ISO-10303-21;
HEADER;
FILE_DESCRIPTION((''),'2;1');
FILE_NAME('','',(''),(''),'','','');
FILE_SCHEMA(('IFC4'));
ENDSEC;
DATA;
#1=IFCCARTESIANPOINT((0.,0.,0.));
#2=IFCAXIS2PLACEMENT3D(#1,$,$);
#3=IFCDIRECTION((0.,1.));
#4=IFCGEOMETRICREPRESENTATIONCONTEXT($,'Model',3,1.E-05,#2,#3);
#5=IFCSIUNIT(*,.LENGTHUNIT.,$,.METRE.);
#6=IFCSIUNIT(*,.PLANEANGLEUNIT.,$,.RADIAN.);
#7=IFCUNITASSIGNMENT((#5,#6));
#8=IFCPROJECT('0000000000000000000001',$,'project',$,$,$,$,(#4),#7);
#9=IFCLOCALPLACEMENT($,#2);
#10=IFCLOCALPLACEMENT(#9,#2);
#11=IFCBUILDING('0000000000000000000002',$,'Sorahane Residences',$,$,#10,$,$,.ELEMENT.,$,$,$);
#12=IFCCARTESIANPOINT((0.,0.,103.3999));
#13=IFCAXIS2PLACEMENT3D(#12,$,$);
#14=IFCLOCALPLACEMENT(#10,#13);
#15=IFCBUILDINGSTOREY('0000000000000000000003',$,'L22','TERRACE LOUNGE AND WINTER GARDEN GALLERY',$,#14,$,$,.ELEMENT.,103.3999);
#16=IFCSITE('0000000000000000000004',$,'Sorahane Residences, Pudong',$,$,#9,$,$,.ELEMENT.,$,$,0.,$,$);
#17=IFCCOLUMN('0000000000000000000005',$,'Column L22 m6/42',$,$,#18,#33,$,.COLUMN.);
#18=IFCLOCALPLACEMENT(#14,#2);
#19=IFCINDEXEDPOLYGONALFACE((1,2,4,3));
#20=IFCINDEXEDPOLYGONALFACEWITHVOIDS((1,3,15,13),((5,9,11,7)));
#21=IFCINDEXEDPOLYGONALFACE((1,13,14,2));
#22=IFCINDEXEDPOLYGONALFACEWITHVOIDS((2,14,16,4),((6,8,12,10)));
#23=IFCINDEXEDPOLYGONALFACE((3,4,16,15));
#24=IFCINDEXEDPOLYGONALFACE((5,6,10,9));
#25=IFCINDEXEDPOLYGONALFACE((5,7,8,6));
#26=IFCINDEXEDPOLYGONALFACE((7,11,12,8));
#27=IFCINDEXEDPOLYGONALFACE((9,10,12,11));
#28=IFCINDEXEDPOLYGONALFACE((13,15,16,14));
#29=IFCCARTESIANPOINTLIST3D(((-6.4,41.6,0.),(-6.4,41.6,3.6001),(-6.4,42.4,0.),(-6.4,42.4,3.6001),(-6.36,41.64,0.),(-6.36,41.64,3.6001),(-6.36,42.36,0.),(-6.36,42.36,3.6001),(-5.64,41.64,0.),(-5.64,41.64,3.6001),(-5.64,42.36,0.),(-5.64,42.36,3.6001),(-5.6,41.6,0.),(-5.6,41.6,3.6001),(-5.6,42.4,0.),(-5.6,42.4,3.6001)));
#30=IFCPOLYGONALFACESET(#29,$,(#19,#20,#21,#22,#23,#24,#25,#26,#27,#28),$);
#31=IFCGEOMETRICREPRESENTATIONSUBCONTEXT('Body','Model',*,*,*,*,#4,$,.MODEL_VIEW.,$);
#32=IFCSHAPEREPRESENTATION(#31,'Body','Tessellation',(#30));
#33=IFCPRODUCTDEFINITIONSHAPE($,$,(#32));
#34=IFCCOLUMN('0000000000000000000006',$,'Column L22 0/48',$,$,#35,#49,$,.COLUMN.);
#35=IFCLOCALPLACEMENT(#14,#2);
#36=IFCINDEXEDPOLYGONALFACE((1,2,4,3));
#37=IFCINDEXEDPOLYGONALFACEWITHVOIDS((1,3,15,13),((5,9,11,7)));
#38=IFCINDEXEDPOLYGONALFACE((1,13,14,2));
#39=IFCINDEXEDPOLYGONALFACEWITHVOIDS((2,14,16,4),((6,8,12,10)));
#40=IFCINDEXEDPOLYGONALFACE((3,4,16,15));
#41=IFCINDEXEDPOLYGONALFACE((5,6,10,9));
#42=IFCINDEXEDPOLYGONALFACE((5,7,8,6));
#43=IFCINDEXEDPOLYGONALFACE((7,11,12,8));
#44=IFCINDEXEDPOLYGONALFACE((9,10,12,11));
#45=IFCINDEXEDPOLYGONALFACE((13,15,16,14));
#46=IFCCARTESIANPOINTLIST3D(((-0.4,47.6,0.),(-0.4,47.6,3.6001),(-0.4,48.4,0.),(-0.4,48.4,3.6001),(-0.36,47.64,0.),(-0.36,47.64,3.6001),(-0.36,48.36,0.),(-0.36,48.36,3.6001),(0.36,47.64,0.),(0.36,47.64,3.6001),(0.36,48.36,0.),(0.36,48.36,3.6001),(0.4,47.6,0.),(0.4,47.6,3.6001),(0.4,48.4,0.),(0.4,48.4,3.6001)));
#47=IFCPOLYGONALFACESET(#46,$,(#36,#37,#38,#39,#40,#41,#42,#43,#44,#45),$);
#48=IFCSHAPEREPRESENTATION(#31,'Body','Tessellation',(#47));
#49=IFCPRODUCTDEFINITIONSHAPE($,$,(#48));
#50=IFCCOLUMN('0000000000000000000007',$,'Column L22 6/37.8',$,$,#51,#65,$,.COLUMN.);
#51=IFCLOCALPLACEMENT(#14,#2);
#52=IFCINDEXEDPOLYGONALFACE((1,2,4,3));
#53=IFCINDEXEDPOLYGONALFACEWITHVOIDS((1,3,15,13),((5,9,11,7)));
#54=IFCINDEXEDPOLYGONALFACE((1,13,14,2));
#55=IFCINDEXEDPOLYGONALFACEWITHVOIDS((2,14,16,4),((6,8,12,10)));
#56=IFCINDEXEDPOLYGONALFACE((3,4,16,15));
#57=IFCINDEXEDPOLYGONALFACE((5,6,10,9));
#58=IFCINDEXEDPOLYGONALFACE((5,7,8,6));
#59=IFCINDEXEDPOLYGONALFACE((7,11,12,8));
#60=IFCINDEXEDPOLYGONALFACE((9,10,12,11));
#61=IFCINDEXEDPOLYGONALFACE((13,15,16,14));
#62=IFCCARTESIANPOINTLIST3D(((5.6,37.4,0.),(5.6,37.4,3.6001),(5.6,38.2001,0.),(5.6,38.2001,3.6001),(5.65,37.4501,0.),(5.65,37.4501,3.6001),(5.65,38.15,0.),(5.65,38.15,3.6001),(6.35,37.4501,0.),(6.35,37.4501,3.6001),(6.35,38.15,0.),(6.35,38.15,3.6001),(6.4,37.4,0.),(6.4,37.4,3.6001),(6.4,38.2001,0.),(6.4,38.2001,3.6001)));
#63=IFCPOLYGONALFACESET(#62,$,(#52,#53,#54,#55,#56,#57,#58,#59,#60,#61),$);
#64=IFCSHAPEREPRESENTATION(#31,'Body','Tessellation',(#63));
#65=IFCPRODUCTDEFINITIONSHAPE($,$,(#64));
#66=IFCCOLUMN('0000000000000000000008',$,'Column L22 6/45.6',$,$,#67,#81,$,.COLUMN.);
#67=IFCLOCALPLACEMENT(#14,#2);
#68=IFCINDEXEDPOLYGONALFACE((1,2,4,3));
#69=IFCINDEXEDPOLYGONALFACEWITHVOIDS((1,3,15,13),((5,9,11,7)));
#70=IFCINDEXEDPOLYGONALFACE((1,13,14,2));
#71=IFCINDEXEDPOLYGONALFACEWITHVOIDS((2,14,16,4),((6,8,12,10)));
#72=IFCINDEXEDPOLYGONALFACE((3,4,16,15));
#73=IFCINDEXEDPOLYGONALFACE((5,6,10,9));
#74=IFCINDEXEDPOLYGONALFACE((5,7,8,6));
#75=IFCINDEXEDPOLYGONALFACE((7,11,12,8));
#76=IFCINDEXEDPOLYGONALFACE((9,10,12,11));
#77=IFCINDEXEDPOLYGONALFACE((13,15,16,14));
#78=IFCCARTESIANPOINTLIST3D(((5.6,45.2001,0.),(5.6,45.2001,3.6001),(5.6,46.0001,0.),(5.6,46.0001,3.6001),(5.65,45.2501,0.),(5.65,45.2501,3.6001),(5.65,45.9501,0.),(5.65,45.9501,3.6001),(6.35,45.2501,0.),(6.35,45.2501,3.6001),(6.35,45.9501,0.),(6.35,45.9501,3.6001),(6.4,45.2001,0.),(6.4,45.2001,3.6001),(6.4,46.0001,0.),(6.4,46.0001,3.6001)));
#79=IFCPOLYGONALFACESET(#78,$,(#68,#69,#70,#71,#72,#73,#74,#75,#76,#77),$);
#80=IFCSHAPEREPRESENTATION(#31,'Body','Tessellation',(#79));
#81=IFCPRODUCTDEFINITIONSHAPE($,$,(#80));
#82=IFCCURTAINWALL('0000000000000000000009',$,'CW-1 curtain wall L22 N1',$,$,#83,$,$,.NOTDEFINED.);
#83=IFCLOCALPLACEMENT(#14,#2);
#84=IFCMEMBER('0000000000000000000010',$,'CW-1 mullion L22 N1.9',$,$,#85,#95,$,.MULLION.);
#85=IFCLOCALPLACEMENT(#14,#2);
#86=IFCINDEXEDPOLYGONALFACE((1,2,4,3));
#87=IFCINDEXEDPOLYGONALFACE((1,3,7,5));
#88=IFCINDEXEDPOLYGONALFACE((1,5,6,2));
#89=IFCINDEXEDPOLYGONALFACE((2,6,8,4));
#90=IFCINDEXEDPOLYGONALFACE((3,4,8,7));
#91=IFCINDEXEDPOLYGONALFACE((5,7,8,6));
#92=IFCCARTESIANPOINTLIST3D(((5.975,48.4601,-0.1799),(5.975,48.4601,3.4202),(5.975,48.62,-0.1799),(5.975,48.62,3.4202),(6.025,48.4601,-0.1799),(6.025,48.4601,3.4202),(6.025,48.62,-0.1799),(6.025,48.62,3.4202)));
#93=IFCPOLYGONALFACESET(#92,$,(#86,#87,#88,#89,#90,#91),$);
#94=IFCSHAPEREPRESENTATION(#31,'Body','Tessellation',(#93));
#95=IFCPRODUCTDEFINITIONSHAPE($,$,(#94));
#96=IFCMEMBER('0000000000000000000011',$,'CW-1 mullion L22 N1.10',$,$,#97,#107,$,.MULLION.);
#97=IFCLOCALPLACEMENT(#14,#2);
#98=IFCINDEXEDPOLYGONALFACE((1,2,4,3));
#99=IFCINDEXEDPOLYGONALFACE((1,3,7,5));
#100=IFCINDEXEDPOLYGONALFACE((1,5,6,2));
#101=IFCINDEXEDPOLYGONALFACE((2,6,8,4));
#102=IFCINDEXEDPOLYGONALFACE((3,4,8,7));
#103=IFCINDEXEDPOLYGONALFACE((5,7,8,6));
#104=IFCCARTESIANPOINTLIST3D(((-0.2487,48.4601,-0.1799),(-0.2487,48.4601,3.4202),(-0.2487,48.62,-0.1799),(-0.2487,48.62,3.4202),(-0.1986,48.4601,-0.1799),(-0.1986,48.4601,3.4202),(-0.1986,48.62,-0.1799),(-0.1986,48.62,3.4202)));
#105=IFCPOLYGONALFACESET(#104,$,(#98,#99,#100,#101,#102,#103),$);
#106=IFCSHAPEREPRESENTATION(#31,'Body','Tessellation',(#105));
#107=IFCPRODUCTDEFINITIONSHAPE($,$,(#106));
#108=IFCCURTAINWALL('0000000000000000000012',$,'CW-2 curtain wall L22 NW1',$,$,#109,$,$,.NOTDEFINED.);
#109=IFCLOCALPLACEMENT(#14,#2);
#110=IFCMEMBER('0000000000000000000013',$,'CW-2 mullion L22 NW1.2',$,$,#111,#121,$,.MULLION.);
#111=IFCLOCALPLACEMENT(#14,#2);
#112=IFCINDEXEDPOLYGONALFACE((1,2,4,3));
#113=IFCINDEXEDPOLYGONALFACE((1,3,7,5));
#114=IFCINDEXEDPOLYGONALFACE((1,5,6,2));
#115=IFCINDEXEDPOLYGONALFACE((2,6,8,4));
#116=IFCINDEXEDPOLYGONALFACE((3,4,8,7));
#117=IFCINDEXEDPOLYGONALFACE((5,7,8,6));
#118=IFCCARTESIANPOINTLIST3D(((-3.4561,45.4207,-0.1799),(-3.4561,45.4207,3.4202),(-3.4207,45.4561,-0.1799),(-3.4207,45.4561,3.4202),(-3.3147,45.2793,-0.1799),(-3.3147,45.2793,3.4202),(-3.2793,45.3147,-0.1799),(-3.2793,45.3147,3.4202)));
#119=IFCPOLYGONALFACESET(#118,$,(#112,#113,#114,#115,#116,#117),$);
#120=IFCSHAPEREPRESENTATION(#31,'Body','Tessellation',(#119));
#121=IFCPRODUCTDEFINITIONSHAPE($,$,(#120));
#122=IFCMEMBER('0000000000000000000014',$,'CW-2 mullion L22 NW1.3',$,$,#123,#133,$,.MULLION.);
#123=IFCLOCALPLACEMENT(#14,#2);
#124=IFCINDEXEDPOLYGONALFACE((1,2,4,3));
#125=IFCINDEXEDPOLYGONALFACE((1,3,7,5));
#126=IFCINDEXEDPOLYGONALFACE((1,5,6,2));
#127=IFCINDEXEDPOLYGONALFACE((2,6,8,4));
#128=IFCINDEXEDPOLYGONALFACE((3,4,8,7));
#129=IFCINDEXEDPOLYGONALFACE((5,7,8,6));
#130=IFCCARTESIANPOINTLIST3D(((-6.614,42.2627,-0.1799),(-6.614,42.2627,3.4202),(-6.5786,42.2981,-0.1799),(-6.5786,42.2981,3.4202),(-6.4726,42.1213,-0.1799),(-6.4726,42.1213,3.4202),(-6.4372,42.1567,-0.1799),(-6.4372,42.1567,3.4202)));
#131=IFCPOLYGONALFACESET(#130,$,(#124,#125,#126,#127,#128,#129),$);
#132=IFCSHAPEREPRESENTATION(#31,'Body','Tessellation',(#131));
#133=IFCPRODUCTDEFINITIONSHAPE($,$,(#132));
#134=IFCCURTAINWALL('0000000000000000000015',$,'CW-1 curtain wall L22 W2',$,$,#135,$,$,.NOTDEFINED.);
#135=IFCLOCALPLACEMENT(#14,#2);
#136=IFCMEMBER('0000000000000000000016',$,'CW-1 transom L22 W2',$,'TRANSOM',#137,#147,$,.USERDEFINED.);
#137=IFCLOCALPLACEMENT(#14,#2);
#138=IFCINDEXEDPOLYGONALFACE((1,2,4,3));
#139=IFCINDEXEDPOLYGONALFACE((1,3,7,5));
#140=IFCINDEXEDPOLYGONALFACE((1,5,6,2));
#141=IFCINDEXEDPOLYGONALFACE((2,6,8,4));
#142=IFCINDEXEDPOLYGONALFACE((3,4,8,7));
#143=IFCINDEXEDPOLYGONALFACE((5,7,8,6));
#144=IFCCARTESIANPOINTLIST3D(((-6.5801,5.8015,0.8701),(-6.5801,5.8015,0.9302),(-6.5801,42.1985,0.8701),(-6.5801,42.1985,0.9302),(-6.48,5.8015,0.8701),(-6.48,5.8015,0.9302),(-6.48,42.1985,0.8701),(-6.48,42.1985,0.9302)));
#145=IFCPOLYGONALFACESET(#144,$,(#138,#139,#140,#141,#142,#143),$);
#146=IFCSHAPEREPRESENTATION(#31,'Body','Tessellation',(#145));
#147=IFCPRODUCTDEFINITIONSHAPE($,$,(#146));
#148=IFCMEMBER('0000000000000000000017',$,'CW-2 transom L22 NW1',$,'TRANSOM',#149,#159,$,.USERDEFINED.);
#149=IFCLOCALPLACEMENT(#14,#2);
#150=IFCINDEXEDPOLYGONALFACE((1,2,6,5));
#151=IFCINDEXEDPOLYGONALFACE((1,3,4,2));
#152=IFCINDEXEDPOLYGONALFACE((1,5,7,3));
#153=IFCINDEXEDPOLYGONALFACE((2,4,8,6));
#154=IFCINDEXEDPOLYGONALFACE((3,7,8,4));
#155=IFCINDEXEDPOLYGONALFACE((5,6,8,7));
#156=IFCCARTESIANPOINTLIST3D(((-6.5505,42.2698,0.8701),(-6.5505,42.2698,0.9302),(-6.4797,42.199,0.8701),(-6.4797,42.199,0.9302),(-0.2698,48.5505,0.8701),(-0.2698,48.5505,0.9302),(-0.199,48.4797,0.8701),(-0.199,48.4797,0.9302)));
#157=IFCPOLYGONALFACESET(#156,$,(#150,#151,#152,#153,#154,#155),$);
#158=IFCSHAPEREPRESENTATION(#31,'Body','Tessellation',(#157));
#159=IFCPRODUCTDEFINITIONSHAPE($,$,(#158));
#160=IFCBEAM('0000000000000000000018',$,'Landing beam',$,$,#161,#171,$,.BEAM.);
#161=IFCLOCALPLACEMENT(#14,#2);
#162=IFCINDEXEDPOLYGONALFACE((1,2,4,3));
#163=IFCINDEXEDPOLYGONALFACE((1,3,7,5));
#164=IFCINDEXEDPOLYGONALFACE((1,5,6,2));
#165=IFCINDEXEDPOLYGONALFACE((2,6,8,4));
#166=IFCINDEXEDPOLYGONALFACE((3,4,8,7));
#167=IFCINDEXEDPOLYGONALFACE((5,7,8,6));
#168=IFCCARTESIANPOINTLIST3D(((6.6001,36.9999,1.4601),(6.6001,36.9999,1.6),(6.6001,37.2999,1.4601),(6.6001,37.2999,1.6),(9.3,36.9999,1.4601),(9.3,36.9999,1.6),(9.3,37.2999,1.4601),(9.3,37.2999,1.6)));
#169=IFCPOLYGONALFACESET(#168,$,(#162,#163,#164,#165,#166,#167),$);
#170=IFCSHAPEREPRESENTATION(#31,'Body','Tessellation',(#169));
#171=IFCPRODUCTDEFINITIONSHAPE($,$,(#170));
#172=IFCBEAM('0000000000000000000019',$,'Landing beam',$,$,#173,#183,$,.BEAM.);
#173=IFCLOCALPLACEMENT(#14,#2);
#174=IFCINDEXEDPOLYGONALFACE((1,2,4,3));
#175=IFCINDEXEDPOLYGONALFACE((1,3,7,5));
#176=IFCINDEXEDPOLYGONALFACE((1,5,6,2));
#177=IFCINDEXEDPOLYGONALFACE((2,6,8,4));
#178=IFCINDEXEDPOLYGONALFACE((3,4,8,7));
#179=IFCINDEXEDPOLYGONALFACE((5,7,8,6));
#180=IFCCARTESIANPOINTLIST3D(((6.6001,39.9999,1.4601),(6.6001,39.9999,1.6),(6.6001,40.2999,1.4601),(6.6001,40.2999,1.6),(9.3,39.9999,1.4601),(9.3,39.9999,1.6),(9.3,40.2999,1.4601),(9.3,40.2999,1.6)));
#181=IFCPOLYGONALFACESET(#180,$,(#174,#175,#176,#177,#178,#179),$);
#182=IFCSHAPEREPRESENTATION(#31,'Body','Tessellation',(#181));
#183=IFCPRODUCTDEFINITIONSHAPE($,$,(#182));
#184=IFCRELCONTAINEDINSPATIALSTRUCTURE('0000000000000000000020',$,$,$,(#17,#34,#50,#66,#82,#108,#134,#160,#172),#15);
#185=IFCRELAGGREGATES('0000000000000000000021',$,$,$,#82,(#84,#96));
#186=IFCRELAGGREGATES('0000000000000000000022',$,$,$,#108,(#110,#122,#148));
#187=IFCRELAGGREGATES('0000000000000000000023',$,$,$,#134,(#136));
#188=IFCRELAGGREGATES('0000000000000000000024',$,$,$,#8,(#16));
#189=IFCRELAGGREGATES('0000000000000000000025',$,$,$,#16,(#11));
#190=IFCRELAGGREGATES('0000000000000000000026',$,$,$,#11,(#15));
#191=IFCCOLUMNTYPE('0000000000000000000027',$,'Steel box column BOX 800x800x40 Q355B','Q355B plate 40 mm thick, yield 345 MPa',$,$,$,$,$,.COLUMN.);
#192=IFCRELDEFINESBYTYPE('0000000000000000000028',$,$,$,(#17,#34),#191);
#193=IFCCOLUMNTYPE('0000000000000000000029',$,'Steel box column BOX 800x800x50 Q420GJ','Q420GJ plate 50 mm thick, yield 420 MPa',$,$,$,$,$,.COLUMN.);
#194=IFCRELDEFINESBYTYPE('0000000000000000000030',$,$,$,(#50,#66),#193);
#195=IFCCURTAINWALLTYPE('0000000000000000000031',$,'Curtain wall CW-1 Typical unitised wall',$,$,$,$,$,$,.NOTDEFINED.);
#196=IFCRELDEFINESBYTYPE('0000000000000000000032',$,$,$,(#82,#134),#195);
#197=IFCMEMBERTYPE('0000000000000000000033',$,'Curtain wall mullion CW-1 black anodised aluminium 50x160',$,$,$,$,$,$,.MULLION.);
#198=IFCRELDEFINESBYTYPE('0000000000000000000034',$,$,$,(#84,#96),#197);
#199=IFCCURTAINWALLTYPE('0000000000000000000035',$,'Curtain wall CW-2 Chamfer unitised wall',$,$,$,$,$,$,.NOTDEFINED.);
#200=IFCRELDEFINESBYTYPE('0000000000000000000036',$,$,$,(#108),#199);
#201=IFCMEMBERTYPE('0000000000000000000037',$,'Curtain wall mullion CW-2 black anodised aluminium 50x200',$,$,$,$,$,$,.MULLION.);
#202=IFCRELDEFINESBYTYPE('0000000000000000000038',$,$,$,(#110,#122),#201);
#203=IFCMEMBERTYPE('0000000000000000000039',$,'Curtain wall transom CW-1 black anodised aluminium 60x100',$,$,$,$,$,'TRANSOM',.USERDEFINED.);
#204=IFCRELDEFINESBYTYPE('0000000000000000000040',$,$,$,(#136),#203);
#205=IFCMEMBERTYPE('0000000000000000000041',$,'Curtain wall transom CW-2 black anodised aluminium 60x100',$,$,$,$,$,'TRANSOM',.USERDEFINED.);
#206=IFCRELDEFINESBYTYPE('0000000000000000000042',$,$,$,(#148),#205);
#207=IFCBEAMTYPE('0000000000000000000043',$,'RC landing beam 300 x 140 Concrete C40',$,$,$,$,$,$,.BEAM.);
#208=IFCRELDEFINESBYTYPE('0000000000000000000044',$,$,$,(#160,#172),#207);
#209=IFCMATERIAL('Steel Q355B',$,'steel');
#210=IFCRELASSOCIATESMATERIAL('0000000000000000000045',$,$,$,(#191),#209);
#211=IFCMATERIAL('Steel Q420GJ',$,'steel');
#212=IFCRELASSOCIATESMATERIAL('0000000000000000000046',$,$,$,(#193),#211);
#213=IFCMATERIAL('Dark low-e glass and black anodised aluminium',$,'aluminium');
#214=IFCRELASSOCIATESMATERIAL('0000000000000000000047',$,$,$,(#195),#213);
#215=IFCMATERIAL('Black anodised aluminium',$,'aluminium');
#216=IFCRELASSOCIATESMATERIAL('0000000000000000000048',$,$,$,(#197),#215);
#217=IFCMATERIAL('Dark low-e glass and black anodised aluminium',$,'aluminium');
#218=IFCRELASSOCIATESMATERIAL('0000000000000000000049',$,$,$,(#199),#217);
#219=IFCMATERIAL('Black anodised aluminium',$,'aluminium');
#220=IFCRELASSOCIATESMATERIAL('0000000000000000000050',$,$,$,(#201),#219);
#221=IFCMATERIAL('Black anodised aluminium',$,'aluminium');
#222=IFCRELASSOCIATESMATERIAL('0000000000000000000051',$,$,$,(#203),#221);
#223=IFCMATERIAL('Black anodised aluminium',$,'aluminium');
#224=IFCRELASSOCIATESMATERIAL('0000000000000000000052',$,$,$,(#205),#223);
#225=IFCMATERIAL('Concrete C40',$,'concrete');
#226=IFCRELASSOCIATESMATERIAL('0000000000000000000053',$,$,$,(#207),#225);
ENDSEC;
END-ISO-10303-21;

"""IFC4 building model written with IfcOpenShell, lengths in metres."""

from ifc_helpers import new_model, si_unit, direction, frame, origin, origin_2d, place, context, subcontext, project, spatial, rectangle, hollow_rectangle, extrude, material, material_profile, profile_set, type_object, element, aggregate, save


model = new_model("IFC4")

# Units and contexts
model_context = context("Model", 3, precision=1e-05, world=origin(), true_north=direction((0.0, 1.0)))
body_context = subcontext(model_context, "Body", "Model", "MODEL_VIEW")
ifc_project = project(units=[si_unit("LENGTHUNIT", "METRE"), si_unit("PLANEANGLEUNIT", "RADIAN")], contexts=[model_context])

# Site, building, storey
site_placement = place(None, origin())
site = spatial("IfcSite", under=ifc_project, at=site_placement, Name="Sorahane Residences, Pudong", CompositionType="ELEMENT", RefElevation=0.0)
building_placement = place(site_placement, origin())
building = spatial("IfcBuilding", under=site, at=building_placement, Name="Sorahane Residences", CompositionType="ELEMENT")
storey_placement = place(building_placement, frame((0.0, 0.0, 103.3999)))
storey = spatial("IfcBuildingStorey", under=building, at=storey_placement, Name="L22", Description="TERRACE LOUNGE AND WINTER GARDEN GALLERY", CompositionType="ELEMENT", Elevation=103.3999)

# Columns
ifc_material_1 = material(Name="Steel Q355B", Category="steel")
ifc_material_profile_1 = material_profile(ifc_material_1, hollow_rectangle(XDim=0.8, YDim=0.8, WallThickness=0.04, at=origin_2d()), Name="BOX 800x800x40")
ifc_profile_set_1 = profile_set([ifc_material_profile_1], Name="Steel Q355B")
column_type_1 = type_object("IfcColumnType", Name="Steel box column BOX 800x800x40 Q355B", Description="Q355B plate 40 mm thick, yield 345 MPa", PredefinedType="COLUMN", material=ifc_profile_set_1)
for number, where, z_axis, x_axis, name in (
    (1, (-6.0, 42.0, 0.0), (0.0, 0.0, 1.0), (1.0, 0.0, 0.0), "Column L22 m6/42"),
    (2, (0.0, 48.0, 0.0), (0.0, 0.0, 1.0), (1.0, 0.0, 0.0), "Column L22 0/48"),
):
    element("IfcColumn", number, at=place(storey_placement, frame(where, z_axis=z_axis, x_axis=x_axis)), inside=storey, type_object=column_type_1, Name=name, PredefinedType="COLUMN", context=body_context, shape_type="SweptSolid", body=[
        extrude(hollow_rectangle(XDim=0.8, YDim=0.8, WallThickness=0.04, at=origin_2d()), origin(), (0.0, 0.0, 1.0), 3.6001),
    ])
ifc_material_2 = material(Name="Steel Q420GJ", Category="steel")
ifc_material_profile_2 = material_profile(ifc_material_2, hollow_rectangle(XDim=0.8, YDim=0.8, WallThickness=0.05, at=origin_2d()), Name="BOX 800x800x50")
ifc_profile_set_2 = profile_set([ifc_material_profile_2], Name="Steel Q420GJ")
column_type_2 = type_object("IfcColumnType", Name="Steel box column BOX 800x800x50 Q420GJ", Description="Q420GJ plate 50 mm thick, yield 420 MPa", PredefinedType="COLUMN", material=ifc_profile_set_2)
for number, where, z_axis, x_axis, name in (
    (3, (6.0, 37.8, 0.0), (0.0, 0.0, 1.0), (1.0, 0.0, 0.0), "Column L22 6/37.8"),
    (4, (6.0, 45.6001, 0.0), (0.0, 0.0, 1.0), (1.0, 0.0, 0.0), "Column L22 6/45.6"),
):
    element("IfcColumn", number, at=place(storey_placement, frame(where, z_axis=z_axis, x_axis=x_axis)), inside=storey, type_object=column_type_2, Name=name, PredefinedType="COLUMN", context=body_context, shape_type="SweptSolid", body=[
        extrude(hollow_rectangle(XDim=0.8, YDim=0.8, WallThickness=0.05, at=origin_2d()), origin(), (0.0, 0.0, 1.0), 3.6001),
    ])

# Curtain walls, members
ifc_material_3 = material(Name="Dark low-e glass and black anodised aluminium", Category="aluminium")
curtain_wall_type_1 = type_object("IfcCurtainWallType", Name="Curtain wall CW-1 Typical unitised wall", PredefinedType="NOTDEFINED", material=ifc_material_3)
curtain_wall_1_placement = place(storey_placement, origin())
curtain_wall_1 = element("IfcCurtainWall", 5, at=curtain_wall_1_placement, inside=storey, type_object=curtain_wall_type_1, Name="CW-1 curtain wall L22 N1", PredefinedType="NOTDEFINED")
ifc_material_4 = material(Name="Black anodised aluminium", Category="aluminium")
ifc_material_profile_3 = material_profile(ifc_material_4, rectangle(XDim=0.1599, YDim=0.05, at=origin_2d()), Name="Curtain wall mullion CW-1 black anodised aluminium 50x160")
ifc_profile_set_3 = profile_set([ifc_material_profile_3], Name="Black anodised aluminium")
member_type_1 = type_object("IfcMemberType", Name="Curtain wall mullion CW-1 black anodised aluminium 50x160", PredefinedType="MULLION", material=ifc_profile_set_3)
member_1_placement = place(storey_placement, frame((6.0, 48.54, -0.1799), z_axis=(0.0, 0.0, 1.0), x_axis=(0.0, 1.0, 0.0)))
member_1 = element("IfcMember", 6, at=member_1_placement, type_object=member_type_1, Name="CW-1 mullion L22 N1.9", PredefinedType="MULLION", context=body_context, shape_type="SweptSolid", body=[
    extrude(rectangle(XDim=0.1599, YDim=0.05, at=origin_2d()), origin(), (0.0, 0.0, 1.0), 3.6001),
])
member_2_placement = place(storey_placement, frame((-0.2236, 48.54, -0.1799), z_axis=(0.0, 0.0, 1.0), x_axis=(0.0, 1.0, 0.0)))
member_2 = element("IfcMember", 7, at=member_2_placement, type_object=member_type_1, Name="CW-1 mullion L22 N1.10", PredefinedType="MULLION", context=body_context, shape_type="SweptSolid", body=[
    extrude(rectangle(XDim=0.1599, YDim=0.05, at=origin_2d()), origin(), (0.0, 0.0, 1.0), 3.6001),
])
ifc_material_5 = material(Name="Dark low-e glass and black anodised aluminium", Category="aluminium")
curtain_wall_type_2 = type_object("IfcCurtainWallType", Name="Curtain wall CW-2 Chamfer unitised wall", PredefinedType="NOTDEFINED", material=ifc_material_5)
curtain_wall_2_placement = place(storey_placement, origin())
curtain_wall_2 = element("IfcCurtainWall", 8, at=curtain_wall_2_placement, inside=storey, type_object=curtain_wall_type_2, Name="CW-2 curtain wall L22 NW1", PredefinedType="NOTDEFINED")
ifc_material_6 = material(Name="Black anodised aluminium", Category="aluminium")
ifc_material_profile_4 = material_profile(ifc_material_6, rectangle(XDim=0.2, YDim=0.05, at=origin_2d()), Name="Curtain wall mullion CW-2 black anodised aluminium 50x200")
ifc_profile_set_4 = profile_set([ifc_material_profile_4], Name="Black anodised aluminium")
member_type_2 = type_object("IfcMemberType", Name="Curtain wall mullion CW-2 black anodised aluminium 50x200", PredefinedType="MULLION", material=ifc_profile_set_4)
member_3_placement = place(storey_placement, frame((-3.3677, 45.3677, -0.1799), z_axis=(0.0, 0.0, 1.0), x_axis=(-0.707107, 0.707107, 0.0)))
member_3 = element("IfcMember", 9, at=member_3_placement, type_object=member_type_2, Name="CW-2 mullion L22 NW1.2", PredefinedType="MULLION", context=body_context, shape_type="SweptSolid", body=[
    extrude(rectangle(XDim=0.2, YDim=0.05, at=origin_2d()), origin(), (0.0, 0.0, 1.0), 3.6001),
])
member_4_placement = place(storey_placement, frame((-6.5256, 42.2097, -0.1799), z_axis=(0.0, 0.0, 1.0), x_axis=(-0.707107, 0.707107, 0.0)))
member_4 = element("IfcMember", 10, at=member_4_placement, type_object=member_type_2, Name="CW-2 mullion L22 NW1.3", PredefinedType="MULLION", context=body_context, shape_type="SweptSolid", body=[
    extrude(rectangle(XDim=0.2, YDim=0.05, at=origin_2d()), origin(), (0.0, 0.0, 1.0), 3.6001),
])

# Curtain wall, member
curtain_wall_3_placement = place(storey_placement, origin())
curtain_wall_3 = element("IfcCurtainWall", 11, at=curtain_wall_3_placement, inside=storey, type_object=curtain_wall_type_1, Name="CW-1 curtain wall L22 W2", PredefinedType="NOTDEFINED")
ifc_material_7 = material(Name="Black anodised aluminium", Category="aluminium")
ifc_material_profile_5 = material_profile(ifc_material_7, rectangle(XDim=0.1001, YDim=0.0601, at=origin_2d()), Name="Curtain wall transom CW-1 black anodised aluminium 60x100")
ifc_profile_set_5 = profile_set([ifc_material_profile_5], Name="Black anodised aluminium")
member_type_3 = type_object("IfcMemberType", Name="Curtain wall transom CW-1 black anodised aluminium 60x100", ElementType="TRANSOM", PredefinedType="USERDEFINED", material=ifc_profile_set_5)
member_5_placement = place(storey_placement, frame((-6.53, 42.1985, 0.9001), z_axis=(0.0, -1.0, 0.0), x_axis=(1.0, 0.0, 0.0)))
member_5 = element("IfcMember", 12, at=member_5_placement, type_object=member_type_3, Name="CW-1 transom L22 W2", ObjectType="TRANSOM", PredefinedType="USERDEFINED", context=body_context, shape_type="SweptSolid", body=[
    extrude(rectangle(XDim=0.1001, YDim=0.0601, at=origin_2d()), origin(), (0.0, 0.0, 1.0), 36.397),
])

# Member
ifc_material_8 = material(Name="Black anodised aluminium", Category="aluminium")
ifc_material_profile_6 = material_profile(ifc_material_8, rectangle(XDim=0.1001, YDim=0.0601, at=origin_2d()), Name="Curtain wall transom CW-2 black anodised aluminium 60x100")
ifc_profile_set_6 = profile_set([ifc_material_profile_6], Name="Black anodised aluminium")
member_type_4 = type_object("IfcMemberType", Name="Curtain wall transom CW-2 black anodised aluminium 60x100", ElementType="TRANSOM", PredefinedType="USERDEFINED", material=ifc_profile_set_6)
member_6_placement = place(storey_placement, frame((-0.2344, 48.5151, 0.9001), z_axis=(-0.707107, -0.707107, 0.0), x_axis=(0.707107, -0.707107, 0.0)))
member_6 = element("IfcMember", 13, at=member_6_placement, type_object=member_type_4, Name="CW-2 transom L22 NW1", ObjectType="TRANSOM", PredefinedType="USERDEFINED", context=body_context, shape_type="SweptSolid", body=[
    extrude(rectangle(XDim=0.1001, YDim=0.0601, at=origin_2d()), origin(), (0.0, 0.0, 1.0), 8.8823),
])

# Beams
ifc_material_9 = material(Name="Concrete C40", Category="concrete")
ifc_material_profile_7 = material_profile(ifc_material_9, rectangle(XDim=0.3, YDim=0.1399, at=origin_2d()), Name="300x140")
ifc_profile_set_7 = profile_set([ifc_material_profile_7], Name="Concrete C40")
beam_type_1 = type_object("IfcBeamType", Name="RC landing beam 300 x 140 Concrete C40", PredefinedType="BEAM", material=ifc_profile_set_7)
for number, where, z_axis, x_axis, name in (
    (14, (6.6001, 37.1499, 1.53), (1.0, 0.0, 0.0), (0.0, 1.0, 0.0), "Landing beam"),
    (15, (6.6001, 40.1499, 1.53), (1.0, 0.0, 0.0), (0.0, 1.0, 0.0), "Landing beam"),
):
    element("IfcBeam", number, at=place(storey_placement, frame(where, z_axis=z_axis, x_axis=x_axis)), inside=storey, type_object=beam_type_1, Name=name, PredefinedType="BEAM", context=body_context, shape_type="SweptSolid", body=[
        extrude(rectangle(XDim=0.3, YDim=0.1399, at=origin_2d()), origin(), (0.0, 0.0, 1.0), 2.7),
    ])

aggregate(curtain_wall_1, [member_1, member_2])
aggregate(curtain_wall_2, [member_3, member_4, member_6])
aggregate(curtain_wall_3, [member_5])

save(model, "model.ifc")
